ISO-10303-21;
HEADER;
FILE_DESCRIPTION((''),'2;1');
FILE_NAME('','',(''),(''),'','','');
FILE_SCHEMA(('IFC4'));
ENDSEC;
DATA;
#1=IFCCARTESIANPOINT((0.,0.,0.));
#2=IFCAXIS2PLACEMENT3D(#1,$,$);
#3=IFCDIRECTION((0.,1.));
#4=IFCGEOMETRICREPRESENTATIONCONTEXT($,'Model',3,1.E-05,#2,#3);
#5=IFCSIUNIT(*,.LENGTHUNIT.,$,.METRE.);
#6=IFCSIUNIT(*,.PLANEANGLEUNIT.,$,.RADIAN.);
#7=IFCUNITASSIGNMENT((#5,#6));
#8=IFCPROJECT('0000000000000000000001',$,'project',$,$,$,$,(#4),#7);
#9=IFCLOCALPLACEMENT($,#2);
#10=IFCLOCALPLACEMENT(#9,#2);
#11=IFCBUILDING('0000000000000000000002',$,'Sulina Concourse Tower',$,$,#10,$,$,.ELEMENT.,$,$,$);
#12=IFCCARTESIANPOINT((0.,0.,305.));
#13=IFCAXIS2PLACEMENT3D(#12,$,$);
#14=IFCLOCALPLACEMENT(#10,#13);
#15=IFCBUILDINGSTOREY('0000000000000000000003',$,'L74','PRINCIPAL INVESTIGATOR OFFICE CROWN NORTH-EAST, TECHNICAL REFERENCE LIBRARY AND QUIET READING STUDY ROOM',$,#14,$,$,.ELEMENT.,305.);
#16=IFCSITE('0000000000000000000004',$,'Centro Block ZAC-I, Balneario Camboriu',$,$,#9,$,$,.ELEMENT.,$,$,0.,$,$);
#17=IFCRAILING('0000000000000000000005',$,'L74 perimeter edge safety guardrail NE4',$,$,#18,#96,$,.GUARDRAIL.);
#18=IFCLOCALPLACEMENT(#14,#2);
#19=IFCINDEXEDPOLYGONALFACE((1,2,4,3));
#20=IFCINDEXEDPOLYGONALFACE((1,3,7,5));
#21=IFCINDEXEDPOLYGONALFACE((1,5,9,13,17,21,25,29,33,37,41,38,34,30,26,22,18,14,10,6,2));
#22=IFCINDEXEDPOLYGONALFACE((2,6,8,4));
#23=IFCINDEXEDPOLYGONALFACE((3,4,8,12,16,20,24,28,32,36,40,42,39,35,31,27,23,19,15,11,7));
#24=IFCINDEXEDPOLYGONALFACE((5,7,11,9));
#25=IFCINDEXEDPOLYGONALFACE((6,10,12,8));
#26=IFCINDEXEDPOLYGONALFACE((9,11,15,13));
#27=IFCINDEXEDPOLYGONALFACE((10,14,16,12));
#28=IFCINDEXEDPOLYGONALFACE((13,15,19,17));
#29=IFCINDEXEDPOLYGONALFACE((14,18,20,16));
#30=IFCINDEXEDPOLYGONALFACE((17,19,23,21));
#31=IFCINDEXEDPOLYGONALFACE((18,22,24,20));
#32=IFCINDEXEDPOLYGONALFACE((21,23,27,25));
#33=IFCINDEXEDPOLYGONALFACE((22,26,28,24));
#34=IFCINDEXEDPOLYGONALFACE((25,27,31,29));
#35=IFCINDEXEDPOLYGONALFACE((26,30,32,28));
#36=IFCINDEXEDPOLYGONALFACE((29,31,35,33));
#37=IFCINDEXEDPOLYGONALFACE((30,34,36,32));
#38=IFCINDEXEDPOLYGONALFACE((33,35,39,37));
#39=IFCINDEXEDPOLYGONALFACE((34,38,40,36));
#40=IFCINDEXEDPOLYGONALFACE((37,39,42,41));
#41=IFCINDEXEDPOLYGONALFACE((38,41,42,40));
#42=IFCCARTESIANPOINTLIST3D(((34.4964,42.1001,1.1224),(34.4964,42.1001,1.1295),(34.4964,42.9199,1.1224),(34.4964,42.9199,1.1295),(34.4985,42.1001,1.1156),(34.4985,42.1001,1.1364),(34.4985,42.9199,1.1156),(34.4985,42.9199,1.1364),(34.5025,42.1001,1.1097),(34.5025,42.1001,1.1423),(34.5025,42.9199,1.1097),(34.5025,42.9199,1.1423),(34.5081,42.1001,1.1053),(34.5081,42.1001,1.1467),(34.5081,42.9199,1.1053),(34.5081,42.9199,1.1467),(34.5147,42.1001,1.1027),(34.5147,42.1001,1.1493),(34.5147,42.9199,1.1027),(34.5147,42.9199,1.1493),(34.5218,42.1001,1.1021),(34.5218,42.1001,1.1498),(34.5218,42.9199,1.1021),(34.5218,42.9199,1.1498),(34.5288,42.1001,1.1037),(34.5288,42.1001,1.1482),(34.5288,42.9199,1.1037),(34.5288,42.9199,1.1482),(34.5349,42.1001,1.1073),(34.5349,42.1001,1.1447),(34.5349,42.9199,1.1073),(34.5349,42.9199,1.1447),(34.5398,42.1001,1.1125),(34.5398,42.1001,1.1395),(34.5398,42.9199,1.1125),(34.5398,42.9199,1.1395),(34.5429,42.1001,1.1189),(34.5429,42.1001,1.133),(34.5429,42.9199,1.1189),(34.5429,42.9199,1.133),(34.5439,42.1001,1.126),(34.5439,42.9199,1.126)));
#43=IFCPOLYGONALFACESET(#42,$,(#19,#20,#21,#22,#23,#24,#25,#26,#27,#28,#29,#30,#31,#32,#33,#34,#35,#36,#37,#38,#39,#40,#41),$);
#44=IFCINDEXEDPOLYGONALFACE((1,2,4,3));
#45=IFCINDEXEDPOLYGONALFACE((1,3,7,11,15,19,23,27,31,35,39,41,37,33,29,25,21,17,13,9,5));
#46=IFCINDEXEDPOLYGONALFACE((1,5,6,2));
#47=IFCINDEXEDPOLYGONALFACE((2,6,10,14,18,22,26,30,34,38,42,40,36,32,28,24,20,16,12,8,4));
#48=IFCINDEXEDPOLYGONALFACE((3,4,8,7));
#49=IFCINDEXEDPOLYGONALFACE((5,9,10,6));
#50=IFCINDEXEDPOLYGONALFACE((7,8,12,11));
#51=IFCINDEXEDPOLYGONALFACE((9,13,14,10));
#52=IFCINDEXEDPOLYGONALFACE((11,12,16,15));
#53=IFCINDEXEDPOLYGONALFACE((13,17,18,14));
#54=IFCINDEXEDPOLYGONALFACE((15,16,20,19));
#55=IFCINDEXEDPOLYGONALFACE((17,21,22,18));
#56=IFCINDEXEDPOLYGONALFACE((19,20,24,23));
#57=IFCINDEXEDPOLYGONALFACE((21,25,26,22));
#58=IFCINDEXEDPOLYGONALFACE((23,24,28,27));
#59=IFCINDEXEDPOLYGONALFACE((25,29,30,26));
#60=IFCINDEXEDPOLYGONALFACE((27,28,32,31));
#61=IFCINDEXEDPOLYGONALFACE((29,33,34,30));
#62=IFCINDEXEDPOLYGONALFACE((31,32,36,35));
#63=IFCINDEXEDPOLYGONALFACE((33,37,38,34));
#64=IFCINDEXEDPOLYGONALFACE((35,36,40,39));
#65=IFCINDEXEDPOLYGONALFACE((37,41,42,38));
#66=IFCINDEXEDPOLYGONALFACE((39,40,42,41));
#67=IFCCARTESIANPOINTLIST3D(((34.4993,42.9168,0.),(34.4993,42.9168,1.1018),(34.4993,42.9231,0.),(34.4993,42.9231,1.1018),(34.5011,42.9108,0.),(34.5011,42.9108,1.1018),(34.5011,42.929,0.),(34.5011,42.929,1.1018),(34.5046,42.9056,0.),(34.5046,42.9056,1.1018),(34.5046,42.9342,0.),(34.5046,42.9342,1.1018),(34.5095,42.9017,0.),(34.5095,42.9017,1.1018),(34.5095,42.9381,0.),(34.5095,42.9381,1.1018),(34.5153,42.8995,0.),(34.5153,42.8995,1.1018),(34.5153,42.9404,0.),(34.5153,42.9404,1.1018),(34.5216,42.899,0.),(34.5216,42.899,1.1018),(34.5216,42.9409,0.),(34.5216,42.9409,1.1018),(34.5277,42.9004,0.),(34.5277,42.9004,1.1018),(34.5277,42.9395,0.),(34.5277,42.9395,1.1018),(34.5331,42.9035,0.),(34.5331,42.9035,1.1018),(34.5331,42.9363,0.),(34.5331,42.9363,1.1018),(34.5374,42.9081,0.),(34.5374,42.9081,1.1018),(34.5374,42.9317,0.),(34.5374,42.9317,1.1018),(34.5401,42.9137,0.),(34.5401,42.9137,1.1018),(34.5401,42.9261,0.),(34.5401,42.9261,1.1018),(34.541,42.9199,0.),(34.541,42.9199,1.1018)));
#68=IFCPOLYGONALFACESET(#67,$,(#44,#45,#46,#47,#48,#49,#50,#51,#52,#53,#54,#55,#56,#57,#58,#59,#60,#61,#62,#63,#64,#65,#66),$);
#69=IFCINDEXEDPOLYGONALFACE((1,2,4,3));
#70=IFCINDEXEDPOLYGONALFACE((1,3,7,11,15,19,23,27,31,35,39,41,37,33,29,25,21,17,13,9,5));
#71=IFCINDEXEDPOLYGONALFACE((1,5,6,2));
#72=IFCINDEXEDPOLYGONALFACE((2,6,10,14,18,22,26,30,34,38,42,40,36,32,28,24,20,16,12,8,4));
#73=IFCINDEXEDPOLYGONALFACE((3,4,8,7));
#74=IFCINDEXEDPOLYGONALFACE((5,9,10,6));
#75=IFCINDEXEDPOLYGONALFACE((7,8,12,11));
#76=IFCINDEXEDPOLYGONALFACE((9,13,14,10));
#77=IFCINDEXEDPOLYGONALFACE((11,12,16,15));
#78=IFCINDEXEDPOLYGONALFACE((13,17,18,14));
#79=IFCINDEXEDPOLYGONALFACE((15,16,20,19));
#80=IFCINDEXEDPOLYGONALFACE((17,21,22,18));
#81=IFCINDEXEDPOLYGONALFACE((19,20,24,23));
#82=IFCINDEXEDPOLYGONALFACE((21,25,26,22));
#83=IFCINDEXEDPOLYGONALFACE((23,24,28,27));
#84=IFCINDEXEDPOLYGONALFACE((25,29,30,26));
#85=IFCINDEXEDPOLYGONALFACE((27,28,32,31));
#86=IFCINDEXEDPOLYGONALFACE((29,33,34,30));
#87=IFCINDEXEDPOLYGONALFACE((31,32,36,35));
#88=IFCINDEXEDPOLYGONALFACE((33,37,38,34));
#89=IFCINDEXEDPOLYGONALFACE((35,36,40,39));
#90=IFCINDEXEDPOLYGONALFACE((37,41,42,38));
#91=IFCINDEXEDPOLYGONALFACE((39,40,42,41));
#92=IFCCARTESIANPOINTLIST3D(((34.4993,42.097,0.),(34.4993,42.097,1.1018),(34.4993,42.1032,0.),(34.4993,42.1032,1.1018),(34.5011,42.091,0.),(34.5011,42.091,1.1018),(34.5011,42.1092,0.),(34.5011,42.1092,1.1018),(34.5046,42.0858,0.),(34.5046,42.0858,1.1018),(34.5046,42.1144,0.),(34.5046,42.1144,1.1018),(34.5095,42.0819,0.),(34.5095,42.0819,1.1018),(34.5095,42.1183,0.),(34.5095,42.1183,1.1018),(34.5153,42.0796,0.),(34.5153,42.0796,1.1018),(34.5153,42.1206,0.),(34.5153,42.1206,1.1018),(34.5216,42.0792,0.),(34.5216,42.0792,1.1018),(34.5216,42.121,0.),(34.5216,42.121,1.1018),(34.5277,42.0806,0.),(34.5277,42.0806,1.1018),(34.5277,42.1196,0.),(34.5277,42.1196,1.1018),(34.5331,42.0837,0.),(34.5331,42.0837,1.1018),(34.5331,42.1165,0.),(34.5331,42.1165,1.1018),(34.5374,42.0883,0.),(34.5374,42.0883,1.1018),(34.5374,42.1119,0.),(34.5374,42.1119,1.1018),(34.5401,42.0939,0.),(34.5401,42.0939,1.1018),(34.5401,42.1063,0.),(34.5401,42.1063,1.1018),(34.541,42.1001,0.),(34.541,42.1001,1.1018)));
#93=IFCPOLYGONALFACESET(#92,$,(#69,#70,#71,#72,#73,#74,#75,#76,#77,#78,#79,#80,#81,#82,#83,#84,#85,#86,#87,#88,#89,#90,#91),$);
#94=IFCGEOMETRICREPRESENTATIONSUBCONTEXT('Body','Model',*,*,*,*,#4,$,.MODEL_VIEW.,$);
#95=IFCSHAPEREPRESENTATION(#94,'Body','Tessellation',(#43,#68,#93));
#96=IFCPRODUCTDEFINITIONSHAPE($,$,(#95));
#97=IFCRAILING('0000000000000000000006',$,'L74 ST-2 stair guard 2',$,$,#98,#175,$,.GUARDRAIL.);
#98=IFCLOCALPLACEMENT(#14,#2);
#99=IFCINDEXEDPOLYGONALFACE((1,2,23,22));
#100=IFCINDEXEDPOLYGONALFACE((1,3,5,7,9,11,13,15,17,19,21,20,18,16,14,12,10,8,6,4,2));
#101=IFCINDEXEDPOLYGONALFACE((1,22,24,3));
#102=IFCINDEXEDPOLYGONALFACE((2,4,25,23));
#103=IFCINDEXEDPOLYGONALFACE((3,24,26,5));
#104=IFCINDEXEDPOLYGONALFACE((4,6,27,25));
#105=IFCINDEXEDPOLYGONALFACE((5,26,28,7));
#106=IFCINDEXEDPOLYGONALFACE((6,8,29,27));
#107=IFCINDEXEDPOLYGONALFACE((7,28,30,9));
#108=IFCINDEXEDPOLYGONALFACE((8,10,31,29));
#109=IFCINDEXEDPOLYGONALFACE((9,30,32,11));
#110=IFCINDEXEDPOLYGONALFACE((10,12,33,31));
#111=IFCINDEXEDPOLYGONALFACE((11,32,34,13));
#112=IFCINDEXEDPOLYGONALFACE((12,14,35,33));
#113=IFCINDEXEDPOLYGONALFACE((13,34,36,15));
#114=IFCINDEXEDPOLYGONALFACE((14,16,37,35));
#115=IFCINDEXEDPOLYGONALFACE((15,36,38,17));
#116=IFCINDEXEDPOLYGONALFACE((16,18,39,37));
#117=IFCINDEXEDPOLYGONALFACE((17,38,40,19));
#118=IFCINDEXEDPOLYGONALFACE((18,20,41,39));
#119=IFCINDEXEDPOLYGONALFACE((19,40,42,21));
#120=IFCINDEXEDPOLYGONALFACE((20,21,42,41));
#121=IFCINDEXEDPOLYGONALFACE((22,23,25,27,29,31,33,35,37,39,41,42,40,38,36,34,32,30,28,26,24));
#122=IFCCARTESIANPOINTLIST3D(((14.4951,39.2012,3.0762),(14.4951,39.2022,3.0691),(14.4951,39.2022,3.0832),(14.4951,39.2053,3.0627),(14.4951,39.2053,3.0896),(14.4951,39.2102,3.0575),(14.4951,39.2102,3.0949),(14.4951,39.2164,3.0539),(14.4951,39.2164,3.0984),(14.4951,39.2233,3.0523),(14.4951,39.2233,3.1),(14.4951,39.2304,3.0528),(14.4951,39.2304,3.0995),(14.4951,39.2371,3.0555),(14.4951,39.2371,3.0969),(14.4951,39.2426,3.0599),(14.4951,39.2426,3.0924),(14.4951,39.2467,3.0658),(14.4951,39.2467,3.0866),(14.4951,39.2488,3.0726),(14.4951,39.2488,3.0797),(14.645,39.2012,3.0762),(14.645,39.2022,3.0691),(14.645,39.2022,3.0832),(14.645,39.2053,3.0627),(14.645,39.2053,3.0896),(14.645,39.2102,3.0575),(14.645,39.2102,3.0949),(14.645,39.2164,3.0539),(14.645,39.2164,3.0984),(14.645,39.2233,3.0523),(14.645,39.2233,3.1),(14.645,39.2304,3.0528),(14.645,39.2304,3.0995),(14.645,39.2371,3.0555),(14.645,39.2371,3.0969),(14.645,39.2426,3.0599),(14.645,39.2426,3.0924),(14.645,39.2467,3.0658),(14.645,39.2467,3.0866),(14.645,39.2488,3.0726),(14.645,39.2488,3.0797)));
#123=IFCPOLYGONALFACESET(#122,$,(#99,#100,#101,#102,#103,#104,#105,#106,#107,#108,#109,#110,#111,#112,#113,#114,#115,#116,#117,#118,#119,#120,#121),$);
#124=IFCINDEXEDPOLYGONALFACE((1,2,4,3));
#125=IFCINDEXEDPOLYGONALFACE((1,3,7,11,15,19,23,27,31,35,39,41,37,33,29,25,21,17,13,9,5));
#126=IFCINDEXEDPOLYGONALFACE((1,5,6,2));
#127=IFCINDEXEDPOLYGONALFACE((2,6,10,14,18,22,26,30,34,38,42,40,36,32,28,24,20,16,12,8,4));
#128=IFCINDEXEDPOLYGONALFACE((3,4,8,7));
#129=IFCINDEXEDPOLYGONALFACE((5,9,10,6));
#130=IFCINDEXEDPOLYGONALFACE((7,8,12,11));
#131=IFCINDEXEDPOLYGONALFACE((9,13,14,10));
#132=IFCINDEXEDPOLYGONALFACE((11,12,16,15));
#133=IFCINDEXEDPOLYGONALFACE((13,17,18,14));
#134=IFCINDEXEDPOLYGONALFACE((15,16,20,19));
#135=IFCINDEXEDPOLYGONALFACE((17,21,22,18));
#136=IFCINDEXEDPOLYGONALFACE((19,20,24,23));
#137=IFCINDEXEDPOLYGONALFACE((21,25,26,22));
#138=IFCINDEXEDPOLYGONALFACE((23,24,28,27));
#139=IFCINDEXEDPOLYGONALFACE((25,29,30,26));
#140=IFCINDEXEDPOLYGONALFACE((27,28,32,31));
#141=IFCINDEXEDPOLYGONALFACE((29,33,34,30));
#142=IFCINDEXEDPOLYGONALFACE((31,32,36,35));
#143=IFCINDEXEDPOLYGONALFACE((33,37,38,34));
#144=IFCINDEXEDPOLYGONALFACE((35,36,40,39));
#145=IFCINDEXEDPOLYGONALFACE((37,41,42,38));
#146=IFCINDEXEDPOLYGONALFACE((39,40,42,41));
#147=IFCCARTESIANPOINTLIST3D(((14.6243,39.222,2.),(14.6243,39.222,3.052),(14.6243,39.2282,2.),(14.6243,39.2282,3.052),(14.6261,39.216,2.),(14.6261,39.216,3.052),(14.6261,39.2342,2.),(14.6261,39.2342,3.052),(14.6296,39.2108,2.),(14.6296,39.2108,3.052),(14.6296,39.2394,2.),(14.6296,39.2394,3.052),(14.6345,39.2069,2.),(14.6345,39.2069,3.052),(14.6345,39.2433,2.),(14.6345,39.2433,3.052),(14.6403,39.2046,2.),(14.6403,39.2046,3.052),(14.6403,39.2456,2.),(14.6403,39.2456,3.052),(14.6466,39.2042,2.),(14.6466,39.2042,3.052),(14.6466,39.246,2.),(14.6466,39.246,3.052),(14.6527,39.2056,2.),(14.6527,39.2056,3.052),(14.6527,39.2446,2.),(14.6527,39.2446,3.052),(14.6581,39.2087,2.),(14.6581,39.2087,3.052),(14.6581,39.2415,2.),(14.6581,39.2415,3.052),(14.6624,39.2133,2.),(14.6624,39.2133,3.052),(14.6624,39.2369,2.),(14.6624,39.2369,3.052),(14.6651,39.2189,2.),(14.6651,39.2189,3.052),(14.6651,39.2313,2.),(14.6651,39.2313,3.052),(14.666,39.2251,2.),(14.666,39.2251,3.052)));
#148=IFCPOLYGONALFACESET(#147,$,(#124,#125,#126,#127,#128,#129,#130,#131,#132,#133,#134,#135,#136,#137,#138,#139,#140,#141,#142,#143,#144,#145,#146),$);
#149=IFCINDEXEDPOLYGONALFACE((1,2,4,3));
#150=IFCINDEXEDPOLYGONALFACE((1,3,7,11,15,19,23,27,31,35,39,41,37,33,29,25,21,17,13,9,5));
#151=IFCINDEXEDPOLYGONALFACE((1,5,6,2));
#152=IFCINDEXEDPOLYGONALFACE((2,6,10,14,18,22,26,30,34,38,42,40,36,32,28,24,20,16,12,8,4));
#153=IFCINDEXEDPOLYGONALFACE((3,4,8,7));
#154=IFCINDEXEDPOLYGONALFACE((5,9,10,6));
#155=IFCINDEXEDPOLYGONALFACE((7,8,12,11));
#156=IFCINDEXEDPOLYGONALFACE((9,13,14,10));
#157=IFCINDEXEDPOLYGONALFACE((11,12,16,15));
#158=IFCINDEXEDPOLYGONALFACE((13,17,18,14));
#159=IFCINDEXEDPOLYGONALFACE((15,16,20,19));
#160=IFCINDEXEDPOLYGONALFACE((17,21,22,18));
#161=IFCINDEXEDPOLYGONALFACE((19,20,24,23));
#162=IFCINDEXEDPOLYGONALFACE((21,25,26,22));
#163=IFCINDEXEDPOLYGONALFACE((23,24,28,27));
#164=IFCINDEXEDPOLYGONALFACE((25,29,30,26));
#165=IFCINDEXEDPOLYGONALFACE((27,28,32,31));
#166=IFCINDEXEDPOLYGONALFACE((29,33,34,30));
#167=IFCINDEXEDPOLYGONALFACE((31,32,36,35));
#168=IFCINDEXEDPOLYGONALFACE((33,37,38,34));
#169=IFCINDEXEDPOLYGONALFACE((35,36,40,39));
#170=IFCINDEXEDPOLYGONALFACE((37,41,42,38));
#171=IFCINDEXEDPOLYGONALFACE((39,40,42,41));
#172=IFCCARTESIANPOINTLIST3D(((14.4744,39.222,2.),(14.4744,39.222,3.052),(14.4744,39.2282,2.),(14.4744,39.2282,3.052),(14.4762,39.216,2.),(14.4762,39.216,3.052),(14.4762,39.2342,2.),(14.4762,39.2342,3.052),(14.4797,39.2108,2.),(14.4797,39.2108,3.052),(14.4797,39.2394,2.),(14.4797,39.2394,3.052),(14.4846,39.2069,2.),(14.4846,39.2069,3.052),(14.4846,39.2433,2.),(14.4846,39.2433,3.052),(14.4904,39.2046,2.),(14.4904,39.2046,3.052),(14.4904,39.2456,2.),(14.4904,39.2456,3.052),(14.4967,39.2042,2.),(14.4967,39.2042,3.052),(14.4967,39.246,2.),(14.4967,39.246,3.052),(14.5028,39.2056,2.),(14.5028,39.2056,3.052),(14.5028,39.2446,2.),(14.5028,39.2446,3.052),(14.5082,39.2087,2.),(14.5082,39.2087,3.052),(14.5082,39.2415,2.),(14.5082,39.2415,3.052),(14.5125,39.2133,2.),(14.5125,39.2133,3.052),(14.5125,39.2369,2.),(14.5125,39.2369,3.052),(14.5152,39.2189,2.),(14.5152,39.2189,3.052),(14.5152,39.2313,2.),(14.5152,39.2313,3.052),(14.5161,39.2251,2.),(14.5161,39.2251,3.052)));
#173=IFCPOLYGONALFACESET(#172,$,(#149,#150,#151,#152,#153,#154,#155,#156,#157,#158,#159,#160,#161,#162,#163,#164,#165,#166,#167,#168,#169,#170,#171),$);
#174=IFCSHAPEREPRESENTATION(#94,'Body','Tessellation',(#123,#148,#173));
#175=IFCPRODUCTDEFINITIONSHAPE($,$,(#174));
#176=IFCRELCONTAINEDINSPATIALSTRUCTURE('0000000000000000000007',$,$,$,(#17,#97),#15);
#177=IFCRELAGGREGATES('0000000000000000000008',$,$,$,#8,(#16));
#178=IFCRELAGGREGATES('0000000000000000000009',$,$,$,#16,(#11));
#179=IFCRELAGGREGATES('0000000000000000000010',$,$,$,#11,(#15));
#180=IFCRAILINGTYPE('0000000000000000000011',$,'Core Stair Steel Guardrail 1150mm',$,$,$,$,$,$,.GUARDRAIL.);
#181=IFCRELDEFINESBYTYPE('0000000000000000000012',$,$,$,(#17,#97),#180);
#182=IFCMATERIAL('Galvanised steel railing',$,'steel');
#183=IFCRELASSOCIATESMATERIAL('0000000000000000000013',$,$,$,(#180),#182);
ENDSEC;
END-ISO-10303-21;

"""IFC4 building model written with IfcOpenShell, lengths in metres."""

from ifc_helpers import new_model, si_unit, direction, frame, origin, origin_2d, place, context, subcontext, project, spatial, circle, extrude, material, type_object, element, save


model = new_model("IFC4")

# Units and contexts
model_context = context("Model", 3, precision=1e-05, world=origin(), true_north=direction((0.0, 1.0)))
body_context = subcontext(model_context, "Body", "Model", "MODEL_VIEW")
ifc_project = project(units=[si_unit("LENGTHUNIT", "METRE"), si_unit("PLANEANGLEUNIT", "RADIAN")], contexts=[model_context])

# Site, building, storey
site_placement = place(None, origin())
site = spatial("IfcSite", under=ifc_project, at=site_placement, Name="Centro Block ZAC-I, Balneario Camboriu", CompositionType="ELEMENT", RefElevation=0.0)
building_placement = place(site_placement, origin())
building = spatial("IfcBuilding", under=site, at=building_placement, Name="Sulina Concourse Tower", CompositionType="ELEMENT")
storey_placement = place(building_placement, frame((0.0, 0.0, 305.0)))
storey = spatial("IfcBuildingStorey", under=building, at=storey_placement, Name="L74", Description="PRINCIPAL INVESTIGATOR OFFICE CROWN NORTH-EAST, TECHNICAL REFERENCE LIBRARY AND QUIET READING STUDY ROOM", CompositionType="ELEMENT", Elevation=305.0)

# Railings
ifc_material_1 = material(Name="Galvanised steel railing", Category="steel")
railing_type_1 = type_object("IfcRailingType", Name="Core Stair Steel Guardrail 1150mm", PredefinedType="GUARDRAIL", material=ifc_material_1)
railing_1_placement = place(storey_placement, frame((34.52, 42.9199, 0.0)))
element("IfcRailing", 1, at=railing_1_placement, inside=storey, type_object=railing_type_1, Name="L74 perimeter edge safety guardrail NE4", PredefinedType="GUARDRAIL", context=body_context, shape_type="SweptSolid", body=[
    extrude(circle(Radius=0.0239, at=origin_2d()), frame((0.0, 0.0, 1.126), z_axis=(0.0, -1.0, 0.0), x_axis=(1.0, 0.0, 0.0)), (0.0, 0.0, 1.0), 0.8198),
    extrude(circle(Radius=0.021, at=origin_2d()), origin(), (0.0, 0.0, 1.0), 1.1018),
    extrude(circle(Radius=0.021, at=origin_2d()), frame((0.0, -0.8198, 0.0)), (0.0, 0.0, 1.0), 1.1018),
])
railing_2_placement = place(storey_placement, frame((14.645, 39.2251, 2.0)))
element("IfcRailing", 2, at=railing_2_placement, inside=storey, type_object=railing_type_1, Name="L74 ST-2 stair guard 2", PredefinedType="GUARDRAIL", context=body_context, shape_type="SweptSolid", body=[
    extrude(circle(Radius=0.0239, at=origin_2d()), frame((0.0, 0.0, 1.0762), z_axis=(-1.0, 0.0, 0.0), x_axis=(0.0, -1.0, 0.0)), (0.0, 0.0, 1.0), 0.1499),
    extrude(circle(Radius=0.021, at=origin_2d()), origin(), (0.0, 0.0, 1.0), 1.052),
    extrude(circle(Radius=0.021, at=origin_2d()), frame((-0.1499, 0.0, 0.0)), (0.0, 0.0, 1.0), 1.052),
])

save(model, "model.ifc")
